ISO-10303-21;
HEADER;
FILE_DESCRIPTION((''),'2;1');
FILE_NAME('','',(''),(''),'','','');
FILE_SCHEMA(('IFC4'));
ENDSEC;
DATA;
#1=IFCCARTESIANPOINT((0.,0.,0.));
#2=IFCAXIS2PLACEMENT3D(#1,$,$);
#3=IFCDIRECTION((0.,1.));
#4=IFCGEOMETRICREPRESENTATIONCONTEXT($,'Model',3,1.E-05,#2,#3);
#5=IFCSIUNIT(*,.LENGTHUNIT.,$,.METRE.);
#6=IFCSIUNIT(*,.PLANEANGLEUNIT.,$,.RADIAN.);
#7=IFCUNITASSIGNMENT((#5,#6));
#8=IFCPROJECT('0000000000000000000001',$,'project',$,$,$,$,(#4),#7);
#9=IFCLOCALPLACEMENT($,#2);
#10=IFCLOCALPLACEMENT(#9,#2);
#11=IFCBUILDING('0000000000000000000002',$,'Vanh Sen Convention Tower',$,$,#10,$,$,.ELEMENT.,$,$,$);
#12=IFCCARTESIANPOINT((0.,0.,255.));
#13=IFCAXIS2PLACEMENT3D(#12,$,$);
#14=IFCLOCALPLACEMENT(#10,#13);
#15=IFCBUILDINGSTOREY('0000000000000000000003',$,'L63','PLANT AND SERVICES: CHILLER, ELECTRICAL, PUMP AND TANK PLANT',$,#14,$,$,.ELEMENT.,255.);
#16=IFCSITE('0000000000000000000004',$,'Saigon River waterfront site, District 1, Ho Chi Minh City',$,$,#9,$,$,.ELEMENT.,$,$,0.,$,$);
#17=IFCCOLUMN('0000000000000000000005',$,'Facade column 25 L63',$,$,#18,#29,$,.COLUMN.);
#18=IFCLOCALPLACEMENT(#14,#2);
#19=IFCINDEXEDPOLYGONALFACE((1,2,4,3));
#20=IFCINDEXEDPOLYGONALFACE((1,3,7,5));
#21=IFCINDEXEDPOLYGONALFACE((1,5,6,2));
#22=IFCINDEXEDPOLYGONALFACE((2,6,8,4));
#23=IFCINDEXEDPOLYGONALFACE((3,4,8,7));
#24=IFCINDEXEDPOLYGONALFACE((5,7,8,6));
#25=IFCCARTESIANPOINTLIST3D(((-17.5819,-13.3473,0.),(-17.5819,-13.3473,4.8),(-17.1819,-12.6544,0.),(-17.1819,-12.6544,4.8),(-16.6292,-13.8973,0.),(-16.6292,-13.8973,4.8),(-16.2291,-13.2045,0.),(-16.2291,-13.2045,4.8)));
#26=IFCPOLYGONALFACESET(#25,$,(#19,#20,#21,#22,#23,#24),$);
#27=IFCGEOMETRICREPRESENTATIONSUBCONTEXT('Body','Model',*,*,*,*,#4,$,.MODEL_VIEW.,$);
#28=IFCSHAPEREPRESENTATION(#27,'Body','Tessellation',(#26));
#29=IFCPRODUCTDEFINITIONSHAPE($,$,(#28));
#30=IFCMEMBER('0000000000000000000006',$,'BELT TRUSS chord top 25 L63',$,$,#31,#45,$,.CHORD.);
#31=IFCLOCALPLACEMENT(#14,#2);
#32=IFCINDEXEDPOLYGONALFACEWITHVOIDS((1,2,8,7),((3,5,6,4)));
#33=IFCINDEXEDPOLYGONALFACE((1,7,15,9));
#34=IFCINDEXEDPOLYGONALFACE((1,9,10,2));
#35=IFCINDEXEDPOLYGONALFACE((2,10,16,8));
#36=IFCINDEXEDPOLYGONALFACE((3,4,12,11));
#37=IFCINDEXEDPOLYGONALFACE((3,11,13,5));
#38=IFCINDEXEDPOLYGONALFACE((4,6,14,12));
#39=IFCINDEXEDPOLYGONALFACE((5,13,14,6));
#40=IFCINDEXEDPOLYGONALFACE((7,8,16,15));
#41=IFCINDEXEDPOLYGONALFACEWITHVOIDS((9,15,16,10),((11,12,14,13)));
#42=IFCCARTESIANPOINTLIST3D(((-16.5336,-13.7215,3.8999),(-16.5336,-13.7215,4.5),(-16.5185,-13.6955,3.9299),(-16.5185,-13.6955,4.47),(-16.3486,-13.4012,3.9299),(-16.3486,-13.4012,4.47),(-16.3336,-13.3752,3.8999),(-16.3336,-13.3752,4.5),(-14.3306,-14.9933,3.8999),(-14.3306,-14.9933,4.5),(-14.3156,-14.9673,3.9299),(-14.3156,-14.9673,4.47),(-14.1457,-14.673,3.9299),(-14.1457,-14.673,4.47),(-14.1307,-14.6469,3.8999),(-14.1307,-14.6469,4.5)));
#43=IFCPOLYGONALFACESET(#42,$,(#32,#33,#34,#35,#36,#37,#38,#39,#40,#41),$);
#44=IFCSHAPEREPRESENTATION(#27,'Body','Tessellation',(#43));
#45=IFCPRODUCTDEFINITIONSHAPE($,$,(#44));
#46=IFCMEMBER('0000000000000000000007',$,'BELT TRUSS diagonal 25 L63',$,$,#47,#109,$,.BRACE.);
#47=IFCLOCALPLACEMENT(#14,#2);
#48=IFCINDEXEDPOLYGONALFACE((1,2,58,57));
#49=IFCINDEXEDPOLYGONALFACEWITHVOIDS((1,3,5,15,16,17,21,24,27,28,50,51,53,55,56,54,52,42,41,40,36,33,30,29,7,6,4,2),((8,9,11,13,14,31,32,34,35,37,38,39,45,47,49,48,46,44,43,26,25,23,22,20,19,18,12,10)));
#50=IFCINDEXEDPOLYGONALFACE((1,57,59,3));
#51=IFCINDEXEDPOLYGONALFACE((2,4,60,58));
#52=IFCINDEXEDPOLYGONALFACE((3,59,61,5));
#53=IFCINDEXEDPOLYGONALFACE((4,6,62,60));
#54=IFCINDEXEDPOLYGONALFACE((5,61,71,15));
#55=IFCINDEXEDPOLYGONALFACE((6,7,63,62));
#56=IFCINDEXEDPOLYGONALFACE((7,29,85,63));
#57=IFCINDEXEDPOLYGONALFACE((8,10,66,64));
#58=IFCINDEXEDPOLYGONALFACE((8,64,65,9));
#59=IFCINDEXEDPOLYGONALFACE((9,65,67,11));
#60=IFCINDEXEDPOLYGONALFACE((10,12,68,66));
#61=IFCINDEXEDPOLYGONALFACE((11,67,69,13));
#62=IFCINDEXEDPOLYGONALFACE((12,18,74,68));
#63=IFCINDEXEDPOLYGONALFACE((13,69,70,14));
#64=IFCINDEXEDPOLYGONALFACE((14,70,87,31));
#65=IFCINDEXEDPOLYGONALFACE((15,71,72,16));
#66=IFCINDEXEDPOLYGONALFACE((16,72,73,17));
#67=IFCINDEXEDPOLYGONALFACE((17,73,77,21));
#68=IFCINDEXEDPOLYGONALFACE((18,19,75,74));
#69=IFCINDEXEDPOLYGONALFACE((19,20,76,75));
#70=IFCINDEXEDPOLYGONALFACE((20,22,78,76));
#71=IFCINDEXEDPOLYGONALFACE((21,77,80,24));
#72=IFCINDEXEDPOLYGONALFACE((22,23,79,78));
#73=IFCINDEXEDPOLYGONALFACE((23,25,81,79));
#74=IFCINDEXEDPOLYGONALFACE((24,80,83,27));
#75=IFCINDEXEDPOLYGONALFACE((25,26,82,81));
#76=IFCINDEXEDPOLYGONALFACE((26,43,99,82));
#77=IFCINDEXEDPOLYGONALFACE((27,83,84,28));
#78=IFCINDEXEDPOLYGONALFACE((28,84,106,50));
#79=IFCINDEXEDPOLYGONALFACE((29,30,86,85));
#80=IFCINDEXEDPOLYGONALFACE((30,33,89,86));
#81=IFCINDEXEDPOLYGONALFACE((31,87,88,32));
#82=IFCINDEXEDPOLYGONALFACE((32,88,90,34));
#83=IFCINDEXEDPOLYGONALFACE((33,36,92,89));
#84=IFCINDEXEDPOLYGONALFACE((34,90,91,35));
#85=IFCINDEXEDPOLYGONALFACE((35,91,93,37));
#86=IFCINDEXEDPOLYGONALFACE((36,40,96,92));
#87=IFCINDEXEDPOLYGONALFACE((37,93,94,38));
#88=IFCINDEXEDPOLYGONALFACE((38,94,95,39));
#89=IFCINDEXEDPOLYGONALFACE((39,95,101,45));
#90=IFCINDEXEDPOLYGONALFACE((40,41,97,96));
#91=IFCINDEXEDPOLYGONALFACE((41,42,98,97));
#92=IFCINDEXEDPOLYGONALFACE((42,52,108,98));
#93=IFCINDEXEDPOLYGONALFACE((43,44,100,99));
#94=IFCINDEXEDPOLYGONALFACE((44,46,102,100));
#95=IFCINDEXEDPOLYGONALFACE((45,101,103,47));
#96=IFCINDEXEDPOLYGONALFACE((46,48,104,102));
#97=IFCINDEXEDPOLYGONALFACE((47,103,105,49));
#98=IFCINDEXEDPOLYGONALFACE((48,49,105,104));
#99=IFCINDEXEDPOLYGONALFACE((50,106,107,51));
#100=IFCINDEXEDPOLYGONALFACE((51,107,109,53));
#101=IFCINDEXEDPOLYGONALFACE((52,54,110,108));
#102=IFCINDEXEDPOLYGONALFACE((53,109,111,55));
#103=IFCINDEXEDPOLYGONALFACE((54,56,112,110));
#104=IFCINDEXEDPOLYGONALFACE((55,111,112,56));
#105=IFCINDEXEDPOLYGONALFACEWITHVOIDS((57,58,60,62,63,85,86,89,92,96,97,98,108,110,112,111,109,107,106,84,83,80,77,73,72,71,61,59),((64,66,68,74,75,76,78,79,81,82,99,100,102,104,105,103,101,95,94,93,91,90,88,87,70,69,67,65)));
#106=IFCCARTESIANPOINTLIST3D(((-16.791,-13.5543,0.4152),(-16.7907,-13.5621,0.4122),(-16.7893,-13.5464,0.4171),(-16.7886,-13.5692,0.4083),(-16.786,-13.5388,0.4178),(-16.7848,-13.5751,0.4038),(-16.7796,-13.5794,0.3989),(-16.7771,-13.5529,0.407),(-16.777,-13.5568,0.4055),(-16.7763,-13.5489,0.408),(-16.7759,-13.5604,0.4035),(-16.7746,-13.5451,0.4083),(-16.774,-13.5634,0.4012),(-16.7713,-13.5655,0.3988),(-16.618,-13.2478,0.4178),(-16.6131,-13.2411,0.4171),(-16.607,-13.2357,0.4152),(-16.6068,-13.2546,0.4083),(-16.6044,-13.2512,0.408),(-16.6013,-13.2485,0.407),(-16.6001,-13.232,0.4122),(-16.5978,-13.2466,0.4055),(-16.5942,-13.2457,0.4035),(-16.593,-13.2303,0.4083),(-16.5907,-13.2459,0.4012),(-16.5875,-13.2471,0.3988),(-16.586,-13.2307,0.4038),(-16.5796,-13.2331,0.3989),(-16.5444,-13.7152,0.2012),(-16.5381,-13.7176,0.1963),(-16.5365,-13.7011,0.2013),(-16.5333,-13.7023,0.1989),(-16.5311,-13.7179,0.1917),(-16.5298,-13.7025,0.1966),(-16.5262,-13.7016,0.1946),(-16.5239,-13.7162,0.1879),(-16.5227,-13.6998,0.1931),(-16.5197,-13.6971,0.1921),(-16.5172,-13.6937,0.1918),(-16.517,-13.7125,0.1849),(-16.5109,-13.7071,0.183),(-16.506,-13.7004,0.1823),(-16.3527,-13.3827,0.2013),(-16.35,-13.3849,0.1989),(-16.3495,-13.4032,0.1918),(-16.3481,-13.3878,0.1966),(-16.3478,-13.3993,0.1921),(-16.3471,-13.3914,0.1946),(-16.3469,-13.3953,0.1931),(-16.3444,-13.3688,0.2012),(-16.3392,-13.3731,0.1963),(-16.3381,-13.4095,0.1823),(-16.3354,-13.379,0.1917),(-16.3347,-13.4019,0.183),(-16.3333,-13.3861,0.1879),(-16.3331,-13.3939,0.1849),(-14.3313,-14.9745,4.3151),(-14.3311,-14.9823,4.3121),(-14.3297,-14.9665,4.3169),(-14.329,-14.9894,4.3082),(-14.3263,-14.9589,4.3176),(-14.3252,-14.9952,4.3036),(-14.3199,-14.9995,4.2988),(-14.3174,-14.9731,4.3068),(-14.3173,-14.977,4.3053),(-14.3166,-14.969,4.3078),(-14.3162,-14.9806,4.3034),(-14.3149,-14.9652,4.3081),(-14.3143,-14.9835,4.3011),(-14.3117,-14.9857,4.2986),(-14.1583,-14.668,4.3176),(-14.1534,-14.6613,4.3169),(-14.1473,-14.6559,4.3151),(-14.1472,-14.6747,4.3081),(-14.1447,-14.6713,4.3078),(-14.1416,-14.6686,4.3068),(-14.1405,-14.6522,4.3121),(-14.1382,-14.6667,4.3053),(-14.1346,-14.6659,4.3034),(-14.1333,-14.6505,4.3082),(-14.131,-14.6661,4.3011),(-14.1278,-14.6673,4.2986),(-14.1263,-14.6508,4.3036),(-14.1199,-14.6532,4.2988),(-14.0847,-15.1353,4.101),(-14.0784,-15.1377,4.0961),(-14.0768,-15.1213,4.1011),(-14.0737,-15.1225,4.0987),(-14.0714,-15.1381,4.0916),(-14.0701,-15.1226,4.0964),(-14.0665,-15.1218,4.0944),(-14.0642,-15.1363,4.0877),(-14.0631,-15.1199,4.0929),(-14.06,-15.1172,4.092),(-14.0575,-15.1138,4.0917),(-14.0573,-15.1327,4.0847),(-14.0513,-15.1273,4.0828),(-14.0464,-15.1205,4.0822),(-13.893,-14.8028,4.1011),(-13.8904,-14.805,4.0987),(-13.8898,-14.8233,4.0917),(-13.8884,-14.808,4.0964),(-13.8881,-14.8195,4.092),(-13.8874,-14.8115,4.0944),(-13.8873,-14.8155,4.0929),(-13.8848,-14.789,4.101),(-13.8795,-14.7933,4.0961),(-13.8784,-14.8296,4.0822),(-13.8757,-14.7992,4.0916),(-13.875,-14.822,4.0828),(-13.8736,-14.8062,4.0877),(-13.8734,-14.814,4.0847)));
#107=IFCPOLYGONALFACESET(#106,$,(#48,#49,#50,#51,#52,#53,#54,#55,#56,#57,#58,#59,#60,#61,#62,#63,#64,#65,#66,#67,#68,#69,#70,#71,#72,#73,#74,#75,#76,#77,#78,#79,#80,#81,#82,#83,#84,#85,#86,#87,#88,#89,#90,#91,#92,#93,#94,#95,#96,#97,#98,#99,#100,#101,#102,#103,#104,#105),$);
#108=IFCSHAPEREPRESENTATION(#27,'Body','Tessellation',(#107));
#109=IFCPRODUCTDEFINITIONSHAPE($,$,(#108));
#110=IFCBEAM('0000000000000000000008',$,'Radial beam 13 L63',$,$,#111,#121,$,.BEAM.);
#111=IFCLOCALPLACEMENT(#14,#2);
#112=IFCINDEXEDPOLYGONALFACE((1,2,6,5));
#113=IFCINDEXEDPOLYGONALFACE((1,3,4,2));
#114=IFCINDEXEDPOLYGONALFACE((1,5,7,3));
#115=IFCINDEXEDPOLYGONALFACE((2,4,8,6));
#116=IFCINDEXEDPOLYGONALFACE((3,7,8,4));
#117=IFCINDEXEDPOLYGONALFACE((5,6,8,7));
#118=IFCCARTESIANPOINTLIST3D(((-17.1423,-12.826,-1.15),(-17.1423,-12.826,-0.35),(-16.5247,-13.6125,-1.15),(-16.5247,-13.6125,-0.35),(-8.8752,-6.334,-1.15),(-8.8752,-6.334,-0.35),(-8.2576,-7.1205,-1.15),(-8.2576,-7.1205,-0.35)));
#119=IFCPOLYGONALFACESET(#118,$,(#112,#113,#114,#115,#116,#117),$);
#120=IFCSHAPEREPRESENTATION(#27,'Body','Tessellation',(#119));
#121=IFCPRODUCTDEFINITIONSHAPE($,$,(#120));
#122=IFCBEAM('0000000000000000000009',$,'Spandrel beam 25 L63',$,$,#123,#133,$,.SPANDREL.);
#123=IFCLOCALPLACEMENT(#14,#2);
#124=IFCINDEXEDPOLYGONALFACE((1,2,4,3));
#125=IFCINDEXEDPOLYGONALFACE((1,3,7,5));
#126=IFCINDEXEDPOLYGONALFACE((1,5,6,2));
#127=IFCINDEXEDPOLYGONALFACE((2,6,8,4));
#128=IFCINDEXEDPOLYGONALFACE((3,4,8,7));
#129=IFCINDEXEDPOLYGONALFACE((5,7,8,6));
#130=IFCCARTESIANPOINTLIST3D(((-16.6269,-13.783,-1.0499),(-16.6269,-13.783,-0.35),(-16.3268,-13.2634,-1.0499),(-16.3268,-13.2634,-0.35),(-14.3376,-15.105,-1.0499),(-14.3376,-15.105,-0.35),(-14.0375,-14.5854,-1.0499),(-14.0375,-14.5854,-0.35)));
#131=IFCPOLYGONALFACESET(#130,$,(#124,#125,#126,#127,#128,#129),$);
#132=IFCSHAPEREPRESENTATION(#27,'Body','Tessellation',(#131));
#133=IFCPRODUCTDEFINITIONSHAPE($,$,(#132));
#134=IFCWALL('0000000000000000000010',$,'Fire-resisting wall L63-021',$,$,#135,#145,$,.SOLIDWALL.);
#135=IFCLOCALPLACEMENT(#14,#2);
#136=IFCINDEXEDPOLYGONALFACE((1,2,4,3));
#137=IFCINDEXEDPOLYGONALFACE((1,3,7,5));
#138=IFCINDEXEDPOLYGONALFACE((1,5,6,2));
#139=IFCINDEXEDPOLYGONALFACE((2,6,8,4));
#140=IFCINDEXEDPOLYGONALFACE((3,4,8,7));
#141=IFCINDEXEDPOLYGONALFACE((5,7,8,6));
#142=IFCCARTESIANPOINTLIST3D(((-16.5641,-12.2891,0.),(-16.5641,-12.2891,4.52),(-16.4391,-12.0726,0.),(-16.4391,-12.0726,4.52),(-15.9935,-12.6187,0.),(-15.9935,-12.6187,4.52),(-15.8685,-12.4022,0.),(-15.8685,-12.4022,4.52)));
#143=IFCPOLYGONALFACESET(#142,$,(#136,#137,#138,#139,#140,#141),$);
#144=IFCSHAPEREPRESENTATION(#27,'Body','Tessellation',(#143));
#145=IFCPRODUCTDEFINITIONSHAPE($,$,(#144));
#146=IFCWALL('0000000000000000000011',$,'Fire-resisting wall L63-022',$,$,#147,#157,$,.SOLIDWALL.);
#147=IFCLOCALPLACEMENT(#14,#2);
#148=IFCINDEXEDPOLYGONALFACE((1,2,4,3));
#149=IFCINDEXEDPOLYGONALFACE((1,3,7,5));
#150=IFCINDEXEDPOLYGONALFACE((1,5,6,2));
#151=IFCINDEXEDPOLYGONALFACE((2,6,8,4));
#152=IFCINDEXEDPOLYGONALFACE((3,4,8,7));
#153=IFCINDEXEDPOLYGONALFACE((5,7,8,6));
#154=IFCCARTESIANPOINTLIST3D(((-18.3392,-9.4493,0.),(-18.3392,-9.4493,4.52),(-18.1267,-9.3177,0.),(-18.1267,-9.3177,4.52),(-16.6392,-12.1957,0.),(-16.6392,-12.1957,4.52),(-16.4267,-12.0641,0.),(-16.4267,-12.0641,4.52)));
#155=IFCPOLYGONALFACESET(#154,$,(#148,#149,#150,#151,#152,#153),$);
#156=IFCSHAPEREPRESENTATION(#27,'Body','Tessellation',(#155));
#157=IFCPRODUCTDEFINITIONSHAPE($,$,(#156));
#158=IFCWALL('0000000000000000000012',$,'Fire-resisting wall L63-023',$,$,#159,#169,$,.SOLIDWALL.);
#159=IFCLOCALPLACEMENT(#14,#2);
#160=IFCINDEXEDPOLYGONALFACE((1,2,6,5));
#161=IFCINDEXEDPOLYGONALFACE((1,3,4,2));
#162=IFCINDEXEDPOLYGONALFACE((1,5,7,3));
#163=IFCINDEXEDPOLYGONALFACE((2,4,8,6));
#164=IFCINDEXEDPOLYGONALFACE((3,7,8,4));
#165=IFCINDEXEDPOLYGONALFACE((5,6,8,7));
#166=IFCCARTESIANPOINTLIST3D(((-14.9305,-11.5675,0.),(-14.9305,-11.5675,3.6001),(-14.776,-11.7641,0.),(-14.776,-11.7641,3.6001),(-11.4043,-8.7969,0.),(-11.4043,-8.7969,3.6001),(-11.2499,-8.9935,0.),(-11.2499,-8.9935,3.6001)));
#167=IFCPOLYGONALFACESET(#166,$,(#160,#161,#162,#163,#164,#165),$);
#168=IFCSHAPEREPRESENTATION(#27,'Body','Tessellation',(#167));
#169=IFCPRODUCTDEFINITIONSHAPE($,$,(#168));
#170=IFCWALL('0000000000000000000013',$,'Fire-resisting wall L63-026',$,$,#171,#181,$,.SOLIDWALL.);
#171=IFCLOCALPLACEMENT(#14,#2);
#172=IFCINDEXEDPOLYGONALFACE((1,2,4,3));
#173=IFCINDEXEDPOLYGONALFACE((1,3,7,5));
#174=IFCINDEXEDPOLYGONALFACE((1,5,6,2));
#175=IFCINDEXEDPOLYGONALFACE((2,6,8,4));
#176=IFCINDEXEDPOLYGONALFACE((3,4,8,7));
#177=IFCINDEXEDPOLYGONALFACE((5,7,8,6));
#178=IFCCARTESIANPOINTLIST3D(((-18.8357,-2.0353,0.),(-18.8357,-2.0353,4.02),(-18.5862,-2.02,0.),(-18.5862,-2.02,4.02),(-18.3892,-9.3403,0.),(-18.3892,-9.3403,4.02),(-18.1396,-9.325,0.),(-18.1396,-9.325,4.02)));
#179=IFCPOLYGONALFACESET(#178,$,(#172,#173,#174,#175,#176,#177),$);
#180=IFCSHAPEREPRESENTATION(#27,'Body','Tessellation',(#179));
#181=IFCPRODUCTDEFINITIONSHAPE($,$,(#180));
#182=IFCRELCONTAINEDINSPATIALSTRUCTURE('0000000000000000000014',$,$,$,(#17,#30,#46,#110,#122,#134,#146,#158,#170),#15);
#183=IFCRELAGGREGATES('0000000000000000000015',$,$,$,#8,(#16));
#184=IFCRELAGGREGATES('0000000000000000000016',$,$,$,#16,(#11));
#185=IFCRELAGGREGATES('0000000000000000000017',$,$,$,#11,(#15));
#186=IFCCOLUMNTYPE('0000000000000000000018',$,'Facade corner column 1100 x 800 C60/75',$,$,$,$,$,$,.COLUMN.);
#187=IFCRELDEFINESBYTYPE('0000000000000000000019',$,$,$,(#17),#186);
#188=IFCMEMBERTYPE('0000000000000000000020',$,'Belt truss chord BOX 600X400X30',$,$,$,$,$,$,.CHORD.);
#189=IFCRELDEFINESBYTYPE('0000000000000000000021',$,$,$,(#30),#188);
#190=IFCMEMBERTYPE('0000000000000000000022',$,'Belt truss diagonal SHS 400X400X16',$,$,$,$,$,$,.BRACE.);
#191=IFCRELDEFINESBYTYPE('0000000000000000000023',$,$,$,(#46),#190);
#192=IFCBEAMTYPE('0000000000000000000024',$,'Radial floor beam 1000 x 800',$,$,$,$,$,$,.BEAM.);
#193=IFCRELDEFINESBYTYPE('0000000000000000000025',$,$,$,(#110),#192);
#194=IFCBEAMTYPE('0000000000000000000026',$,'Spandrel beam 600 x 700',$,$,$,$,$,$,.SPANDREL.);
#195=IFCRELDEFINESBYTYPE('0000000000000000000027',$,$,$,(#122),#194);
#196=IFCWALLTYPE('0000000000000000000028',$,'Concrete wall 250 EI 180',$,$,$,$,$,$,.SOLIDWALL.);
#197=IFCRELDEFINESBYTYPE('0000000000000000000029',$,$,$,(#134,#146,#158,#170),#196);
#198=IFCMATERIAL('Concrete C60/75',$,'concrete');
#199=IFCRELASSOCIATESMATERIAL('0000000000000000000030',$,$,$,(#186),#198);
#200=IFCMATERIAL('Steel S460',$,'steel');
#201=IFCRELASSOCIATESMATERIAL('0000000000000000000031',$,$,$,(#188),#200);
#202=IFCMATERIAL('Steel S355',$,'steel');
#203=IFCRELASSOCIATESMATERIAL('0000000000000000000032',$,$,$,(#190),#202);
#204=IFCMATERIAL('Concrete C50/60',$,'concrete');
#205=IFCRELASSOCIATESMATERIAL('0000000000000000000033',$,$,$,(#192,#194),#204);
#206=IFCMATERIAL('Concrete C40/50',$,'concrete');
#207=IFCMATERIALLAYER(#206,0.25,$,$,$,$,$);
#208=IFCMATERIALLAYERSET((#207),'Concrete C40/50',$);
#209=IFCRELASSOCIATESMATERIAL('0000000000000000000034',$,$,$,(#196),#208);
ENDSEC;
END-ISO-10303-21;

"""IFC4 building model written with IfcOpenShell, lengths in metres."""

from ifc_helpers import new_model, si_unit, direction, frame, frame_2d, origin, origin_2d, place, context, subcontext, project, spatial, rectangle, hollow_rectangle, extrude, material, layer, layer_set, material_profile, profile_set, type_object, element, save


model = new_model("IFC4")

# Units and contexts
model_context = context("Model", 3, precision=1e-05, world=origin(), true_north=direction((0.0, 1.0)))
body_context = subcontext(model_context, "Body", "Model", "MODEL_VIEW")
ifc_project = project(units=[si_unit("LENGTHUNIT", "METRE"), si_unit("PLANEANGLEUNIT", "RADIAN")], contexts=[model_context])

# Site, building, storey
site_placement = place(None, origin())
site = spatial("IfcSite", under=ifc_project, at=site_placement, Name="Saigon River waterfront site, District 1, Ho Chi Minh City", CompositionType="ELEMENT", RefElevation=0.0)
building_placement = place(site_placement, origin())
building = spatial("IfcBuilding", under=site, at=building_placement, Name="Vanh Sen Convention Tower", CompositionType="ELEMENT")
storey_placement = place(building_placement, frame((0.0, 0.0, 255.0)))
storey = spatial("IfcBuildingStorey", under=building, at=storey_placement, Name="L63", Description="PLANT AND SERVICES: CHILLER, ELECTRICAL, PUMP AND TANK PLANT", CompositionType="ELEMENT", Elevation=255.0)

# Column
ifc_material_1 = material(Name="Concrete C60/75", Category="concrete")
ifc_material_profile_1 = material_profile(ifc_material_1, rectangle(XDim=1.1001, YDim=0.8, at=origin_2d()), Name="RC 1100X800")
ifc_profile_set_1 = profile_set([ifc_material_profile_1], Name="Concrete C60/75")
column_type = type_object("IfcColumnType", Name="Facade corner column 1100 x 800 C60/75", PredefinedType="COLUMN", material=ifc_profile_set_1)
column_placement = place(storey_placement, frame((-16.9055, -13.2759, 0.0), z_axis=(0.0, 0.0, 1.0), x_axis=(0.866025, -0.5, 0.0)))
element("IfcColumn", 1, at=column_placement, inside=storey, type_object=column_type, Name="Facade column 25 L63", PredefinedType="COLUMN", context=body_context, shape_type="SweptSolid", body=[
    extrude(rectangle(XDim=1.1001, YDim=0.8, at=origin_2d()), origin(), (0.0, 0.0, 1.0), 4.8),
])

# Members
ifc_material_2 = material(Name="Steel S460", Category="steel")
ifc_material_profile_2 = material_profile(ifc_material_2, hollow_rectangle(XDim=0.3999, YDim=0.6001, WallThickness=0.03, at=origin_2d()), Name="BOX 600X400X30")
ifc_profile_set_2 = profile_set([ifc_material_profile_2], Name="Steel S460")
member_type_1 = type_object("IfcMemberType", Name="Belt truss chord BOX 600X400X30", PredefinedType="CHORD", material=ifc_profile_set_2)
member_1_placement = place(storey_placement, frame((-16.4336, -13.5483, 4.2), z_axis=(0.866043, -0.499969, 0.0), x_axis=(0.499969, 0.866043, 0.0)))
element("IfcMember", 2, at=member_1_placement, inside=storey, type_object=member_type_1, Name="BELT TRUSS chord top 25 L63", PredefinedType="CHORD", context=body_context, shape_type="SweptSolid", body=[
    extrude(hollow_rectangle(XDim=0.3999, YDim=0.6001, WallThickness=0.03, at=origin_2d()), origin(), (0.0, 0.0, 1.0), 2.5437),
])
ifc_material_3 = material(Name="Steel S355", Category="steel")
ifc_material_profile_3 = material_profile(ifc_material_3, hollow_rectangle(XDim=0.3999, YDim=0.3999, WallThickness=0.0161, InnerFilletRadius=0.0161, OuterFilletRadius=0.032, at=origin_2d()), Name="SHS 400X400X16")
ifc_profile_set_3 = profile_set([ifc_material_profile_3], Name="Steel S355")
member_type_2 = type_object("IfcMemberType", Name="Belt truss diagonal SHS 400X400X16", PredefinedType="BRACE", material=ifc_profile_set_3)
member_2_placement = place(storey_placement, frame((-16.562, -13.4741, 0.3), z_axis=(0.509833, -0.294362, 0.808345), x_axis=(0.500013, 0.866018, 0.0)))
element("IfcMember", 3, at=member_2_placement, inside=storey, type_object=member_type_2, Name="BELT TRUSS diagonal 25 L63", PredefinedType="BRACE", context=body_context, shape_type="SweptSolid", body=[
    extrude(hollow_rectangle(XDim=0.3999, YDim=0.3999, WallThickness=0.0161, InnerFilletRadius=0.0161, OuterFilletRadius=0.032, at=origin_2d()), origin(), (0.0, 0.0, 1.0), 4.8245),
])

# Beams
ifc_material_4 = material(Name="Concrete C50/60", Category="concrete")
ifc_material_profile_4 = material_profile(ifc_material_4, rectangle(XDim=1.0, YDim=0.8, at=origin_2d()), Name="RC 1000X800")
ifc_profile_set_4 = profile_set([ifc_material_profile_4], Name="Concrete C50/60")
beam_type_1 = type_object("IfcBeamType", Name="Radial floor beam 1000 x 800", PredefinedType="BEAM", material=ifc_profile_set_4)
beam_1_placement = place(storey_placement, frame((-16.8335, -13.2192, -0.75), z_axis=(0.786486, 0.617608, 0.0), x_axis=(-0.617608, 0.786486, 0.0)))
element("IfcBeam", 4, at=beam_1_placement, inside=storey, type_object=beam_type_1, Name="Radial beam 13 L63", PredefinedType="BEAM", context=body_context, shape_type="SweptSolid", body=[
    extrude(rectangle(XDim=1.0, YDim=0.8, at=origin_2d()), origin(), (0.0, 0.0, 1.0), 10.5115),
])
ifc_material_profile_5 = material_profile(ifc_material_4, rectangle(XDim=0.6001, YDim=0.7, at=origin_2d()), Name="RC 600X700")
ifc_profile_set_5 = profile_set([ifc_material_profile_5], Name="Concrete C50/60")
beam_type_2 = type_object("IfcBeamType", Name="Spandrel beam 600 x 700", PredefinedType="SPANDREL", material=ifc_profile_set_5)
beam_2_placement = place(storey_placement, frame((-16.4768, -13.5232, -0.7), z_axis=(0.865978, -0.500082, 0.0), x_axis=(0.500082, 0.865978, 0.0)))
element("IfcBeam", 5, at=beam_2_placement, inside=storey, type_object=beam_type_2, Name="Spandrel beam 25 L63", PredefinedType="SPANDREL", context=body_context, shape_type="SweptSolid", body=[
    extrude(rectangle(XDim=0.6001, YDim=0.7, at=origin_2d()), origin(), (0.0, 0.0, 1.0), 2.6436),
])

# Walls
ifc_material_5 = material(Name="Concrete C40/50", Category="concrete")
ifc_layer_1 = layer(ifc_material_5, 0.25)
ifc_layer_set_1 = layer_set([ifc_layer_1], Name="Concrete C40/50")
wall_type_1 = type_object("IfcWallType", Name="Concrete wall 250 EI 180", PredefinedType="SOLIDWALL", material=ifc_layer_set_1)
wall_1_placement = place(storey_placement, frame((-15.9309, -12.5105, 0.0), z_axis=(0.0, 0.0, 1.0), x_axis=(-0.865908, 0.500204, 0.0)))
element("IfcWall", 6, at=wall_1_placement, inside=storey, type_object=wall_type_1, Name="Fire-resisting wall L63-021", PredefinedType="SOLIDWALL", context=body_context, shape_type="SweptSolid", body=[
    extrude(rectangle(XDim=0.6589, YDim=0.25, at=frame_2d((0.3296, 0.0))), origin(), (0.0, 0.0, 1.0), 4.52),
])
wall_2_placement = place(storey_placement, frame((-16.533, -12.1299, 0.0), z_axis=(0.0, 0.0, 1.0), x_axis=(-0.526318, 0.850288, 0.0)))
element("IfcWall", 7, at=wall_2_placement, inside=storey, type_object=wall_type_1, Name="Fire-resisting wall L63-022", PredefinedType="SOLIDWALL", context=body_context, shape_type="SweptSolid", body=[
    extrude(rectangle(XDim=3.23, YDim=0.25, at=frame_2d((1.615, 0.0))), origin(), (0.0, 0.0, 1.0), 4.52),
])
wall_3_placement = place(storey_placement, frame((-14.8533, -11.6658, 0.0), z_axis=(0.0, 0.0, 1.0), x_axis=(0.78632, 0.617819, 0.0)))
element("IfcWall", 8, at=wall_3_placement, inside=storey, type_object=wall_type_1, Name="Fire-resisting wall L63-023", PredefinedType="SOLIDWALL", context=body_context, shape_type="SweptSolid", body=[
    extrude(rectangle(XDim=4.4844, YDim=0.25, at=frame_2d((2.2422, 0.0))), origin(), (0.0, 0.0, 1.0), 3.6001),
])
wall_4_placement = place(storey_placement, frame((-18.2644, -9.3325, 0.0), z_axis=(0.0, 0.0, 1.0), x_axis=(-0.061014, 0.998137, 0.0)))
element("IfcWall", 9, at=wall_4_placement, inside=storey, type_object=wall_type_1, Name="Fire-resisting wall L63-026", PredefinedType="SOLIDWALL", context=body_context, shape_type="SweptSolid", body=[
    extrude(rectangle(XDim=7.3186, YDim=0.25, at=frame_2d((3.6592, 0.0))), origin(), (0.0, 0.0, 1.0), 4.02),
])

save(model, "model.ifc")
